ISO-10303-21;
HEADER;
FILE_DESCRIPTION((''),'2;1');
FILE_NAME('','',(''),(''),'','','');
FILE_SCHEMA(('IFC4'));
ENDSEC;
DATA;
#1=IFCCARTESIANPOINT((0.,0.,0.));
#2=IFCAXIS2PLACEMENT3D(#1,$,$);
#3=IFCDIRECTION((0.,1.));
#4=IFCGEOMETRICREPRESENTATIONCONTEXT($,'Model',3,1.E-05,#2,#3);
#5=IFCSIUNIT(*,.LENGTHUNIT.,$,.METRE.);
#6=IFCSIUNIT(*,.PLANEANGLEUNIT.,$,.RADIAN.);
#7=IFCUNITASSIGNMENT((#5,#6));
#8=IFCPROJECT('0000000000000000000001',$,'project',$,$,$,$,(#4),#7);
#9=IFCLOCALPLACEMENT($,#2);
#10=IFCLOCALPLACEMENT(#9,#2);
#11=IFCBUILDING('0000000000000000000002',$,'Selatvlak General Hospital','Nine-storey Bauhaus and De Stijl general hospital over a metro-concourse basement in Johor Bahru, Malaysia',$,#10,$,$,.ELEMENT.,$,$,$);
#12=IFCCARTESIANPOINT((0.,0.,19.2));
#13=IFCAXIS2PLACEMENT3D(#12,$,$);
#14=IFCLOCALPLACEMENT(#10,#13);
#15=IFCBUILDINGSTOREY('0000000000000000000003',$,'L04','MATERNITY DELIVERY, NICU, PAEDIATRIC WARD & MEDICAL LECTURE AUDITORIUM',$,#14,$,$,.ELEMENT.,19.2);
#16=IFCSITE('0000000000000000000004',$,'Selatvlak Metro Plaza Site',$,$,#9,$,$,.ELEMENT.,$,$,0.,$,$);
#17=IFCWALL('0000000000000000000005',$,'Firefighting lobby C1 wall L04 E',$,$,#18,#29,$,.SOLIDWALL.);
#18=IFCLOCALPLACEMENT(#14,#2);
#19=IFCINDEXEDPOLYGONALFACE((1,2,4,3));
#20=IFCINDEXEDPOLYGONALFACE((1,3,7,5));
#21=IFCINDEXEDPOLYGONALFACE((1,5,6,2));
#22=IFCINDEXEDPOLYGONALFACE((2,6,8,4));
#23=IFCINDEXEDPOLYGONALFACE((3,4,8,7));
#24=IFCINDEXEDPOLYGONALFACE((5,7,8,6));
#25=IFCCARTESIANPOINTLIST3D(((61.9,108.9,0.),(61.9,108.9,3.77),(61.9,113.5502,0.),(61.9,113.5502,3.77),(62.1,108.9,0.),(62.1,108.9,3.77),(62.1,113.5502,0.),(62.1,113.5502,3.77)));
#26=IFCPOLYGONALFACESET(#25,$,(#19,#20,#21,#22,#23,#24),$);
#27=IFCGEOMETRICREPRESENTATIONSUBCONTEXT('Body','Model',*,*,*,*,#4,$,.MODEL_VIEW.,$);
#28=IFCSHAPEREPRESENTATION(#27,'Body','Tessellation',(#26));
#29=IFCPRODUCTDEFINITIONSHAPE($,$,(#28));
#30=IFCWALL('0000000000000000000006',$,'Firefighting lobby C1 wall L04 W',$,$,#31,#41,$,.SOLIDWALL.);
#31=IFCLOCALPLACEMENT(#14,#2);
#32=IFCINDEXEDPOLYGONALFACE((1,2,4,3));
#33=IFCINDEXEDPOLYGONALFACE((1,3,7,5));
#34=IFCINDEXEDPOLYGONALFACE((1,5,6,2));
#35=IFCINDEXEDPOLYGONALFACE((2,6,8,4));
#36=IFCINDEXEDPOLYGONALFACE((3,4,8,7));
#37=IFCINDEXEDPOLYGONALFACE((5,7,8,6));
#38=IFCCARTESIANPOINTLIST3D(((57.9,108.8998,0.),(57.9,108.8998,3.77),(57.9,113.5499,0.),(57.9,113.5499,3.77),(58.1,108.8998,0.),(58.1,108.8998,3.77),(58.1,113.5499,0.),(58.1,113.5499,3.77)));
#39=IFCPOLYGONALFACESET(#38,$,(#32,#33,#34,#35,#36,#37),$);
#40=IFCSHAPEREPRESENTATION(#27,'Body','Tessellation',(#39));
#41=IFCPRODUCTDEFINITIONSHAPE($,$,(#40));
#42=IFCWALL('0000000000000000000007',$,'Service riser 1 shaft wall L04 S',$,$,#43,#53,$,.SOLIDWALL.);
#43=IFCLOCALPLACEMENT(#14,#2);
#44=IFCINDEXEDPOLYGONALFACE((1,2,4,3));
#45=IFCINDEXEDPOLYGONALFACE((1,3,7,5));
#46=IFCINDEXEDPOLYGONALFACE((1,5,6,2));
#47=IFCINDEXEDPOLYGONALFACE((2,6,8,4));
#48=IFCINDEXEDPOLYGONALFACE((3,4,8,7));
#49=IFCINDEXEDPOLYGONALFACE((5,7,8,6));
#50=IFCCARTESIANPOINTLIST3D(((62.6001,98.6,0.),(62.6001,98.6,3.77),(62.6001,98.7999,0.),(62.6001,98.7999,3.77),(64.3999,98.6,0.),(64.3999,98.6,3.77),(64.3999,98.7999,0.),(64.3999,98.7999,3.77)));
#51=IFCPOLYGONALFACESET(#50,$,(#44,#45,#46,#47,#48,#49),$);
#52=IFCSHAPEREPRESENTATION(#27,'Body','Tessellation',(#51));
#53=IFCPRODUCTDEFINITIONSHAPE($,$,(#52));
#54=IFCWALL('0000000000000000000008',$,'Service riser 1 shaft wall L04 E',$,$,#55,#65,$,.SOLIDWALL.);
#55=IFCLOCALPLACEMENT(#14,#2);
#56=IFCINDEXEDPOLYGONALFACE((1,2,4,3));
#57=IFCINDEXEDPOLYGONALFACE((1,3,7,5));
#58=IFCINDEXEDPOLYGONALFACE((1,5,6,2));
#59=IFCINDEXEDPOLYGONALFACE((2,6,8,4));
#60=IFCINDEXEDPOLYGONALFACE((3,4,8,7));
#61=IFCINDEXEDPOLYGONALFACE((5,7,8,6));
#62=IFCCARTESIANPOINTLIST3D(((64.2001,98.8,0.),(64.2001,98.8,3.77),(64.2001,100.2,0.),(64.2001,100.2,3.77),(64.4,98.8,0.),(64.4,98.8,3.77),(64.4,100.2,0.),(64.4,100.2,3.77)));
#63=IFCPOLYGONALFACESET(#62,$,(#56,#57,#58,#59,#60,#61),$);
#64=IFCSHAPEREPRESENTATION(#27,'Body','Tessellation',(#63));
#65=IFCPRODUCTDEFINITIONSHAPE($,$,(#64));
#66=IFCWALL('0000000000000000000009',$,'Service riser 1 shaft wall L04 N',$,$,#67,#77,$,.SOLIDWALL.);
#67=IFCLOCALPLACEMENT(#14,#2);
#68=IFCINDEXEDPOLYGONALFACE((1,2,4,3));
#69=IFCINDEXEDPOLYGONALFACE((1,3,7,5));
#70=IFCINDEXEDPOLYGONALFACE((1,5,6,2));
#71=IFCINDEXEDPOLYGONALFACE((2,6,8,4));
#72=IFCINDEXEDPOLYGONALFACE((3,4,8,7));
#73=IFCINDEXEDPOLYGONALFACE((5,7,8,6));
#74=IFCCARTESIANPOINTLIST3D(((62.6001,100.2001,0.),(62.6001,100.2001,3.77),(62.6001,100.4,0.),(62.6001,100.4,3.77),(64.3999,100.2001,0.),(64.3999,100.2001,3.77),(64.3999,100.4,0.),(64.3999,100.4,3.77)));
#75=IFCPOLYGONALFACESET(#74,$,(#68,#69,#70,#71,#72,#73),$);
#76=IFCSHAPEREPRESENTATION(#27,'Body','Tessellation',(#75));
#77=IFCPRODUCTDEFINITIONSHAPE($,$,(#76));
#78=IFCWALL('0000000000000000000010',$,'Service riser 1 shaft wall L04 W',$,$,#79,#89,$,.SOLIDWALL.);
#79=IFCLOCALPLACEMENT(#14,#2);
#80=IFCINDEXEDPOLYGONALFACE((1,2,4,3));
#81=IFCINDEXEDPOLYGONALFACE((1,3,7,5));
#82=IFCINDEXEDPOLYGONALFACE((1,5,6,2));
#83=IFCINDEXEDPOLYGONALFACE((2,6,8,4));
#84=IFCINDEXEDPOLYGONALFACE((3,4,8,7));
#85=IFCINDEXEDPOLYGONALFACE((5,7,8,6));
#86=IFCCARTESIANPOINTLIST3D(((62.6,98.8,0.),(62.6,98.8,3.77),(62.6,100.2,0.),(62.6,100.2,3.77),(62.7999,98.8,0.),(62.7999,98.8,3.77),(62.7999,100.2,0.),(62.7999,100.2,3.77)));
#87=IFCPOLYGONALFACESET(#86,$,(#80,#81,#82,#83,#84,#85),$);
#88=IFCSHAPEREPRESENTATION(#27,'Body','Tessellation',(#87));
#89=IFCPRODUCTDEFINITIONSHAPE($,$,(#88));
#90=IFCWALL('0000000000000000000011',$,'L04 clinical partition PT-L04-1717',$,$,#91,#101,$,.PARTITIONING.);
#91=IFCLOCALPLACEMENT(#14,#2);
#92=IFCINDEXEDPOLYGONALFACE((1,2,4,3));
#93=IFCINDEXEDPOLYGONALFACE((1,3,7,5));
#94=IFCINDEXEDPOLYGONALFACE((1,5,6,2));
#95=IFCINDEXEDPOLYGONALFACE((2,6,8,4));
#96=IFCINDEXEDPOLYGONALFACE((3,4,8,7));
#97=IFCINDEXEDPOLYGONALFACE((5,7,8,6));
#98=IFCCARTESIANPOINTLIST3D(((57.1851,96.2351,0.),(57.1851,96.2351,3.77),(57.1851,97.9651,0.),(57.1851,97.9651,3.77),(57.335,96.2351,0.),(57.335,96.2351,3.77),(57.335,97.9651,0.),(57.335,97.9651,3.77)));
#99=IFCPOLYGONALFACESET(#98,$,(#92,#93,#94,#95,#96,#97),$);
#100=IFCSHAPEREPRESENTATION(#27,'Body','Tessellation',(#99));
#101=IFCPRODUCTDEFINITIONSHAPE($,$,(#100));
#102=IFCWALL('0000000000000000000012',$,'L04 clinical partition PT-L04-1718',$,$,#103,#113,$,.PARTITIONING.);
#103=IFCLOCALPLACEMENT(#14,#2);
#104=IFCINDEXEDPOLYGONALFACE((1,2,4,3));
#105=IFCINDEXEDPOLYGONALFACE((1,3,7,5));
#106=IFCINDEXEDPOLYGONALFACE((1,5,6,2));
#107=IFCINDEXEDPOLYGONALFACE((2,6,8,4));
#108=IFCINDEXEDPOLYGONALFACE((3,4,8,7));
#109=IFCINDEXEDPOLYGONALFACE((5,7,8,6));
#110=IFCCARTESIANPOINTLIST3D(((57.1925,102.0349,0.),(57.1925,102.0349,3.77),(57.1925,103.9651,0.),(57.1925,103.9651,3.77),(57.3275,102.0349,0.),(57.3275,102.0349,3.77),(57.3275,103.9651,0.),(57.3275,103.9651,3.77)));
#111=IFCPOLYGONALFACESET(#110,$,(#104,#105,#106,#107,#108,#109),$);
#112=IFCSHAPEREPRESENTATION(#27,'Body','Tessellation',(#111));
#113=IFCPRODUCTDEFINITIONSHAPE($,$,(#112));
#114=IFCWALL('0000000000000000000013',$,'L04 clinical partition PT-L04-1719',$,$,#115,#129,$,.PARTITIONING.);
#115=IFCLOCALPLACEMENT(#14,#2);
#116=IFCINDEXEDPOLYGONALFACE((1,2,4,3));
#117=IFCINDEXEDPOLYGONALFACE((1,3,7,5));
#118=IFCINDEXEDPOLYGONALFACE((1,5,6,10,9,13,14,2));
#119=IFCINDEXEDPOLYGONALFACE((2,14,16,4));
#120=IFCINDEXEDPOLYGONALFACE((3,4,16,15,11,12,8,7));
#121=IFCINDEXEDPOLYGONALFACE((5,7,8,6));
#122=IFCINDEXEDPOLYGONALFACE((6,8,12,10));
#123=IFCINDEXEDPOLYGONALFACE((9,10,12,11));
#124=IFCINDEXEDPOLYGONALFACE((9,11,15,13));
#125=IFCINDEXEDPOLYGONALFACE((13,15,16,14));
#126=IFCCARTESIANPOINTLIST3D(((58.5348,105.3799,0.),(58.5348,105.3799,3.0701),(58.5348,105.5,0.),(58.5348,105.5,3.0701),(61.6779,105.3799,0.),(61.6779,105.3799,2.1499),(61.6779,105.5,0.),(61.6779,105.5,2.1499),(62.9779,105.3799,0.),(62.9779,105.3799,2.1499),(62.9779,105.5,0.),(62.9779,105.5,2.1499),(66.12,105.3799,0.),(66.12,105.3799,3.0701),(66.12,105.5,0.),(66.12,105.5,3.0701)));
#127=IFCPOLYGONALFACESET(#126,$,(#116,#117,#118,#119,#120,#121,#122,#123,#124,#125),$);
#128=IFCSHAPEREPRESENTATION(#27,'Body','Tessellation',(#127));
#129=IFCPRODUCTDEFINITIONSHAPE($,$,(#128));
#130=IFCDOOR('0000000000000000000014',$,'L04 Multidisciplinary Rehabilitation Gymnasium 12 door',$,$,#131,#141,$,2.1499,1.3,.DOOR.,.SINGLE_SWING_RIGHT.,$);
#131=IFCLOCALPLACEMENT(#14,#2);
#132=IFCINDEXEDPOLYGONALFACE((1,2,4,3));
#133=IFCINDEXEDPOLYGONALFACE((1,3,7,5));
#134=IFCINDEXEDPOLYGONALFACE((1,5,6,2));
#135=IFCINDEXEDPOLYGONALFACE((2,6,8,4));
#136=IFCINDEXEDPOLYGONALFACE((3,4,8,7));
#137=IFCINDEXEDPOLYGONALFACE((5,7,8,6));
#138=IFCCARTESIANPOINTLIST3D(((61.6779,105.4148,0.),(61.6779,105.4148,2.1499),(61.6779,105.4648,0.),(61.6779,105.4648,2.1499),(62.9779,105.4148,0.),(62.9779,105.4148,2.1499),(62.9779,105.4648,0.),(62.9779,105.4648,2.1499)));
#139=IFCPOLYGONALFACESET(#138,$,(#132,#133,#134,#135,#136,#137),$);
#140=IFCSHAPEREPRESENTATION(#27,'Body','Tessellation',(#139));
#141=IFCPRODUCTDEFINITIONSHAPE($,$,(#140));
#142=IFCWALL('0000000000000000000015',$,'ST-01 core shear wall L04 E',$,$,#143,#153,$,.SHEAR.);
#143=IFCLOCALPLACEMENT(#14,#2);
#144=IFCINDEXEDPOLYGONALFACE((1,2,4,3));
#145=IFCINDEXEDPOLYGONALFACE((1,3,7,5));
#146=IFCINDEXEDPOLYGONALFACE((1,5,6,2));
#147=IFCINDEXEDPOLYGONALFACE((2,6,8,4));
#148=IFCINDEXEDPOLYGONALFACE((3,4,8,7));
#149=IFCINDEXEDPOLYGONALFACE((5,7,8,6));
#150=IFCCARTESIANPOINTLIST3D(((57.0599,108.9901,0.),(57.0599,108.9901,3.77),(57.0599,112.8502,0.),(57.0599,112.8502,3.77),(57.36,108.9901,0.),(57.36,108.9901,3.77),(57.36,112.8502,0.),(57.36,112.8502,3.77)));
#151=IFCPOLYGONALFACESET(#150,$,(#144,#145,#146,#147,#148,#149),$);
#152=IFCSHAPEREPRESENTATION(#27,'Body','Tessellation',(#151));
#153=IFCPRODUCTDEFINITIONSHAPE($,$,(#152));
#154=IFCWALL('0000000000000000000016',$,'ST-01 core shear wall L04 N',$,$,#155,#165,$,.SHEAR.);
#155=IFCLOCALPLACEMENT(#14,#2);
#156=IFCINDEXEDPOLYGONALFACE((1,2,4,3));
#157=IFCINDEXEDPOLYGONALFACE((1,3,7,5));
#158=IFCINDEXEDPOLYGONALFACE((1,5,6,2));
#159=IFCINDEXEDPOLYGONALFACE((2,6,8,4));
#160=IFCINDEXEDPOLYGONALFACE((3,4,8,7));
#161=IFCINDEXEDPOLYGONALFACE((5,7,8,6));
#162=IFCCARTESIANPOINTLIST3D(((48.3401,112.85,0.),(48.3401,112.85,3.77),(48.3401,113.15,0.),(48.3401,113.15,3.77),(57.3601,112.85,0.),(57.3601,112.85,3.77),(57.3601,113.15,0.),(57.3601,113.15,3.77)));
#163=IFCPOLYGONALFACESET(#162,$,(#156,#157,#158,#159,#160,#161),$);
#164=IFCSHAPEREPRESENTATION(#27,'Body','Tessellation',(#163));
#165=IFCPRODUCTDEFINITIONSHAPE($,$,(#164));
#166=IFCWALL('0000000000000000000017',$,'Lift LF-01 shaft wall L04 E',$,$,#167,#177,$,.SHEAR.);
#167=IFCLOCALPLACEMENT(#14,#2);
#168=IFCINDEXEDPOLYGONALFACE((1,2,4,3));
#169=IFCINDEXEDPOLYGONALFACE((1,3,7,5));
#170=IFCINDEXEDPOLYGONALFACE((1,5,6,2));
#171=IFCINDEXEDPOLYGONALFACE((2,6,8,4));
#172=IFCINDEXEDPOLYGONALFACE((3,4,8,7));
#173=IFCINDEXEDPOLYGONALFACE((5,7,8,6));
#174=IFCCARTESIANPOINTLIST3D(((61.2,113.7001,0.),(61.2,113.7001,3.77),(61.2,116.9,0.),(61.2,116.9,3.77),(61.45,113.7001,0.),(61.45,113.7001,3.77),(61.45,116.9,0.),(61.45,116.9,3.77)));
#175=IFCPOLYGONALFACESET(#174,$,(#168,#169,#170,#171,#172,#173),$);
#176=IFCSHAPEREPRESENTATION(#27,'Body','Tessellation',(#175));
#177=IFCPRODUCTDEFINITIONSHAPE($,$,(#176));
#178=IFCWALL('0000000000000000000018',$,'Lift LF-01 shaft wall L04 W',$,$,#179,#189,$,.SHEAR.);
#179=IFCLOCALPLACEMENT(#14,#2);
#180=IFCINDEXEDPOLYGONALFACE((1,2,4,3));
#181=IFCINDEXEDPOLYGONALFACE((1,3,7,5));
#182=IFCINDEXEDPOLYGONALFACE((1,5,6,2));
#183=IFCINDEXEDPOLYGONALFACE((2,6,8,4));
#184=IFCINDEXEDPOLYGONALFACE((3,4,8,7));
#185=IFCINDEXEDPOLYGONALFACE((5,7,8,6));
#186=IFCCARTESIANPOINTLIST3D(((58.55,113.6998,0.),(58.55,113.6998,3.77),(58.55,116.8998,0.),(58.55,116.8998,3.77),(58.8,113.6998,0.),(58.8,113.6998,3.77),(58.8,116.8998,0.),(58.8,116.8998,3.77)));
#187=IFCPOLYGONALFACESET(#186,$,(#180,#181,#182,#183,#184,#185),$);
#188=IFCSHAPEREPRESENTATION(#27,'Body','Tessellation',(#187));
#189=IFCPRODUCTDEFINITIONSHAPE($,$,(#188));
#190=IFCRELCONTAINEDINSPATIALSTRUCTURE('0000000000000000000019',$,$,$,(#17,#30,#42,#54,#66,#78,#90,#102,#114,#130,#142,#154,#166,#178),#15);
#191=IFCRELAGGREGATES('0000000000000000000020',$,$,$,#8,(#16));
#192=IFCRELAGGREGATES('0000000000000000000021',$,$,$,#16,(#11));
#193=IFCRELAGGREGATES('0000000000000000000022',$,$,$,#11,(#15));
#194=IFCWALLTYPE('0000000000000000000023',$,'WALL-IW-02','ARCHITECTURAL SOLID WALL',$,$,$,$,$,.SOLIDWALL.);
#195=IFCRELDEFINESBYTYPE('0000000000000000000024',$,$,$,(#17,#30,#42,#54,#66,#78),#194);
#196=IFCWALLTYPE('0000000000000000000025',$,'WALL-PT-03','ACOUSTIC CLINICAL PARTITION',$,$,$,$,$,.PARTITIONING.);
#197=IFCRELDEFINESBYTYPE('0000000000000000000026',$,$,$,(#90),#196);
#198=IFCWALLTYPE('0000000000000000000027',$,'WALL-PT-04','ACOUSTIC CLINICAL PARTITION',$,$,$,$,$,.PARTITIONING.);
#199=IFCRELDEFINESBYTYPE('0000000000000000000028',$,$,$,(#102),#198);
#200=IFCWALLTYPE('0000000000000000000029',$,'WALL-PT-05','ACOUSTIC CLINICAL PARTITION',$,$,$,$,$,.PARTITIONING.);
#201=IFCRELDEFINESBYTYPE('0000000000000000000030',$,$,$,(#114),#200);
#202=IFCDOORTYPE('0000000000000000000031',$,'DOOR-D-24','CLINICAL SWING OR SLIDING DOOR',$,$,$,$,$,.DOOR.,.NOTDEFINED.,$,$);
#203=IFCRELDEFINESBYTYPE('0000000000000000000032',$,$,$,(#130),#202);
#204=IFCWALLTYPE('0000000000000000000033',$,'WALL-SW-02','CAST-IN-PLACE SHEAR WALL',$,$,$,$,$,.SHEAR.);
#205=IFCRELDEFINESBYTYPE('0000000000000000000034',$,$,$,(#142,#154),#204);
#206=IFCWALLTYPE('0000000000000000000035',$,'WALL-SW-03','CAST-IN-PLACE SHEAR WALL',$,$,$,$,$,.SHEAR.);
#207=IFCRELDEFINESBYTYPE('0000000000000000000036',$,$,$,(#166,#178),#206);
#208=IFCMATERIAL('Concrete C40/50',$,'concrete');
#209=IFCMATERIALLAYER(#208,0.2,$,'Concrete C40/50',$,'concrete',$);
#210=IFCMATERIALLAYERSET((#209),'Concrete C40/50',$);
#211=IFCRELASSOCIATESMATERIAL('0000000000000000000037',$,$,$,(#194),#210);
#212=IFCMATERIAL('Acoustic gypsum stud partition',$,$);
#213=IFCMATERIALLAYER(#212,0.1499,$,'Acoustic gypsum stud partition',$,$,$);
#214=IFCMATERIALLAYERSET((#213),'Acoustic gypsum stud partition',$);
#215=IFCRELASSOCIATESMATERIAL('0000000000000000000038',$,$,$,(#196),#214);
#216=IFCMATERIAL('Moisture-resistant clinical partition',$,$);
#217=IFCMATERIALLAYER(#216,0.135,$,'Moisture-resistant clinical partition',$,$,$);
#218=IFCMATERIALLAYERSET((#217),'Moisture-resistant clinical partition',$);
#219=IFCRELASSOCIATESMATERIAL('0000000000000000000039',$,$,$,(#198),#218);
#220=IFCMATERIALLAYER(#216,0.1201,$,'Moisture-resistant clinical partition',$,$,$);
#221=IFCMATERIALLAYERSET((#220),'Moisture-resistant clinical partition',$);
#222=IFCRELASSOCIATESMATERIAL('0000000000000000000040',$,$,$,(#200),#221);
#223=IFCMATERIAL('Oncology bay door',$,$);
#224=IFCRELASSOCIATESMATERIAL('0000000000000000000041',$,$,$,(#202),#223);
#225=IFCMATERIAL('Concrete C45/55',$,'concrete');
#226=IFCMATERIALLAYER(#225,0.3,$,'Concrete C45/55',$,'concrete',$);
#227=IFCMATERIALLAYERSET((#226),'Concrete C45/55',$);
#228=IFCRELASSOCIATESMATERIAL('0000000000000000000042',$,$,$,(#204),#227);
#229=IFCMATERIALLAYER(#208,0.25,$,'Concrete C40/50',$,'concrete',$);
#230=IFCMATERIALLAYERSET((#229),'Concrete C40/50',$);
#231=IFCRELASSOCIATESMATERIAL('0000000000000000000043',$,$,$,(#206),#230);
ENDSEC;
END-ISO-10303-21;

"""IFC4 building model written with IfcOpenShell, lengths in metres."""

from ifc_helpers import new_model, si_unit, direction, frame, frame_2d, origin, place, context, subcontext, project, spatial, rectangle, extrude, material, layer, layer_set, type_object, element, fill, save


model = new_model("IFC4")

# Units and contexts
model_context = context("Model", 3, precision=1e-05, world=origin(), true_north=direction((0.0, 1.0)))
body_context = subcontext(model_context, "Body", "Model", "MODEL_VIEW")
ifc_project = project(units=[si_unit("LENGTHUNIT", "METRE"), si_unit("PLANEANGLEUNIT", "RADIAN")], contexts=[model_context])

# Site, building, storey
site_placement = place(None, origin())
site = spatial("IfcSite", under=ifc_project, at=site_placement, Name="Selatvlak Metro Plaza Site", CompositionType="ELEMENT", RefElevation=0.0)
building_placement = place(site_placement, origin())
building = spatial("IfcBuilding", under=site, at=building_placement, Name="Selatvlak General Hospital", Description="Nine-storey Bauhaus and De Stijl general hospital over a metro-concourse basement in Johor Bahru, Malaysia", CompositionType="ELEMENT")
storey_placement = place(building_placement, frame((0.0, 0.0, 19.2)))
storey = spatial("IfcBuildingStorey", under=building, at=storey_placement, Name="L04", Description="MATERNITY DELIVERY, NICU, PAEDIATRIC WARD & MEDICAL LECTURE AUDITORIUM", CompositionType="ELEMENT", Elevation=19.2)

# Shared definitions
ifc_material_1 = material(Name="Concrete C40/50", Category="concrete")

# Shared definitions
ifc_layer_1 = layer(ifc_material_1, 0.2, Name="Concrete C40/50", Category="concrete")
ifc_layer_set_1 = layer_set([ifc_layer_1], Name="Concrete C40/50")
wall_type_1 = type_object("IfcWallType", Name="WALL-IW-02", Description="ARCHITECTURAL SOLID WALL", PredefinedType="SOLIDWALL", material=ifc_layer_set_1)

# Walls
for number, where, z_axis, x_axis, name in (
    (1, (62.0, 108.8999, 0.0), (0.0, 0.0, 1.0), (0.0, 1.0, 0.0), "Firefighting lobby C1 wall L04 E"),
    (2, (58.0, 113.55, 0.0), (0.0, 0.0, 1.0), (0.0, -1.0, 0.0), "Firefighting lobby C1 wall L04 W"),
):
    element("IfcWall", number, at=place(storey_placement, frame(where, z_axis=z_axis, x_axis=x_axis)), inside=storey, type_object=wall_type_1, Name=name, PredefinedType="SOLIDWALL", context=body_context, shape_type="SweptSolid", body=[
        extrude(rectangle(XDim=4.6501, YDim=0.2, at=frame_2d((2.3252, 0.0))), origin(), (0.0, 0.0, 1.0), 3.77),
    ])
wall_1_placement = place(storey_placement, frame((62.6001, 98.7, 0.0), z_axis=(0.0, 0.0, 1.0), x_axis=(1.0, 0.0, 0.0)))
element("IfcWall", 3, at=wall_1_placement, inside=storey, type_object=wall_type_1, Name="Service riser 1 shaft wall L04 S", PredefinedType="SOLIDWALL", context=body_context, shape_type="SweptSolid", body=[
    extrude(rectangle(XDim=1.7998, YDim=0.2, at=frame_2d((0.8999, 0.0))), origin(), (0.0, 0.0, 1.0), 3.77),
])
wall_2_placement = place(storey_placement, frame((64.3, 98.8, 0.0), z_axis=(0.0, 0.0, 1.0), x_axis=(0.0, 1.0, 0.0)))
element("IfcWall", 4, at=wall_2_placement, inside=storey, type_object=wall_type_1, Name="Service riser 1 shaft wall L04 E", PredefinedType="SOLIDWALL", context=body_context, shape_type="SweptSolid", body=[
    extrude(rectangle(XDim=1.3999, YDim=0.2, at=frame_2d((0.7, 0.0))), origin(), (0.0, 0.0, 1.0), 3.77),
])
wall_3_placement = place(storey_placement, frame((64.3999, 100.3, 0.0), z_axis=(0.0, 0.0, 1.0), x_axis=(-1.0, 0.0, 0.0)))
element("IfcWall", 5, at=wall_3_placement, inside=storey, type_object=wall_type_1, Name="Service riser 1 shaft wall L04 N", PredefinedType="SOLIDWALL", context=body_context, shape_type="SweptSolid", body=[
    extrude(rectangle(XDim=1.7998, YDim=0.2, at=frame_2d((0.8999, 0.0))), origin(), (0.0, 0.0, 1.0), 3.77),
])
wall_4_placement = place(storey_placement, frame((62.7, 100.2, 0.0), z_axis=(0.0, 0.0, 1.0), x_axis=(0.0, -1.0, 0.0)))
element("IfcWall", 6, at=wall_4_placement, inside=storey, type_object=wall_type_1, Name="Service riser 1 shaft wall L04 W", PredefinedType="SOLIDWALL", context=body_context, shape_type="SweptSolid", body=[
    extrude(rectangle(XDim=1.3999, YDim=0.2, at=frame_2d((0.7, 0.0))), origin(), (0.0, 0.0, 1.0), 3.77),
])
ifc_material_2 = material(Name="Acoustic gypsum stud partition")
ifc_layer_2 = layer(ifc_material_2, 0.1499, Name="Acoustic gypsum stud partition")
ifc_layer_set_2 = layer_set([ifc_layer_2], Name="Acoustic gypsum stud partition")
wall_type_2 = type_object("IfcWallType", Name="WALL-PT-03", Description="ACOUSTIC CLINICAL PARTITION", PredefinedType="PARTITIONING", material=ifc_layer_set_2)
wall_5_placement = place(storey_placement, frame((57.26, 96.2351, 0.0), z_axis=(0.0, 0.0, 1.0), x_axis=(0.0, 1.0, 0.0)))
element("IfcWall", 7, at=wall_5_placement, inside=storey, type_object=wall_type_2, Name="L04 clinical partition PT-L04-1717", PredefinedType="PARTITIONING", context=body_context, shape_type="SweptSolid", body=[
    extrude(rectangle(XDim=1.73, YDim=0.1499, at=frame_2d((0.865, 0.0))), origin(), (0.0, 0.0, 1.0), 3.77),
])
ifc_material_3 = material(Name="Moisture-resistant clinical partition")
ifc_layer_3 = layer(ifc_material_3, 0.135, Name="Moisture-resistant clinical partition")
ifc_layer_set_3 = layer_set([ifc_layer_3], Name="Moisture-resistant clinical partition")
wall_type_3 = type_object("IfcWallType", Name="WALL-PT-04", Description="ACOUSTIC CLINICAL PARTITION", PredefinedType="PARTITIONING", material=ifc_layer_set_3)
wall_6_placement = place(storey_placement, frame((57.26, 102.0349, 0.0), z_axis=(0.0, 0.0, 1.0), x_axis=(0.0, 1.0, 0.0)))
element("IfcWall", 8, at=wall_6_placement, inside=storey, type_object=wall_type_3, Name="L04 clinical partition PT-L04-1718", PredefinedType="PARTITIONING", context=body_context, shape_type="SweptSolid", body=[
    extrude(rectangle(XDim=1.9302, YDim=0.135, at=frame_2d((0.9651, 0.0))), origin(), (0.0, 0.0, 1.0), 3.77),
])

# Wall, opening, door
ifc_layer_4 = layer(ifc_material_3, 0.1201, Name="Moisture-resistant clinical partition")
ifc_layer_set_4 = layer_set([ifc_layer_4], Name="Moisture-resistant clinical partition")
wall_type_4 = type_object("IfcWallType", Name="WALL-PT-05", Description="ACOUSTIC CLINICAL PARTITION", PredefinedType="PARTITIONING", material=ifc_layer_set_4)
wall_7_placement = place(storey_placement, frame((58.5349, 105.4399, 0.0), z_axis=(0.0, 0.0, 1.0), x_axis=(1.0, 0.0, 0.0)))
wall_7 = element("IfcWall", 9, at=wall_7_placement, inside=storey, type_object=wall_type_4, Name="L04 clinical partition PT-L04-1719", PredefinedType="PARTITIONING", context=body_context, shape_type="SweptSolid", body=[
    extrude(rectangle(XDim=7.5852, YDim=0.1201, at=frame_2d((3.7925, 0.0))), origin(), (0.0, 0.0, 1.0), 3.0701),
])
opening_1_placement = place(wall_7_placement, frame((3.1431, 0.0, 0.0)))
opening_1 = element("IfcOpeningElement", 10, at=opening_1_placement, cuts=wall_7, PredefinedType="OPENING", context=body_context, shape_type="SweptSolid", body=[
    extrude(rectangle(XDim=1.3, YDim=2.1499, at=frame_2d((0.6499, 1.075))), frame((0.0, 0.0701, 0.0), z_axis=(0.0, -1.0, 0.0), x_axis=(1.0, 0.0, 0.0)), (0.0, 0.0, 1.0), 0.1401),
])
ifc_material_4 = material(Name="Oncology bay door")
door_type_1 = type_object("IfcDoorType", Name="DOOR-D-24", Description="CLINICAL SWING OR SLIDING DOOR", OperationType="NOTDEFINED", PredefinedType="DOOR", material=ifc_material_4)
door_1_placement = place(opening_1_placement, origin())
door_1 = element("IfcDoor", 11, at=door_1_placement, inside=storey, type_object=door_type_1, Name="L04 Multidisciplinary Rehabilitation Gymnasium 12 door", OperationType="SINGLE_SWING_RIGHT", OverallHeight=2.1499, OverallWidth=1.3, PredefinedType="DOOR", context=body_context, shape_type="SweptSolid", body=[
    extrude(rectangle(XDim=1.3, YDim=2.1499, at=frame_2d((0.6499, 1.075))), frame((0.0, 0.0249, 0.0), z_axis=(0.0, -1.0, 0.0), x_axis=(1.0, 0.0, 0.0)), (0.0, 0.0, 1.0), 0.05),
])
fill(opening_1, door_1)

# Walls
ifc_material_5 = material(Name="Concrete C45/55", Category="concrete")
ifc_layer_5 = layer(ifc_material_5, 0.3, Name="Concrete C45/55", Category="concrete")
ifc_layer_set_5 = layer_set([ifc_layer_5], Name="Concrete C45/55")
wall_type_5 = type_object("IfcWallType", Name="WALL-SW-02", Description="CAST-IN-PLACE SHEAR WALL", PredefinedType="SHEAR", material=ifc_layer_set_5)
wall_8_placement = place(storey_placement, frame((57.21, 108.99, 0.0), z_axis=(0.0, 0.0, 1.0), x_axis=(0.0, 1.0, 0.0)))
element("IfcWall", 12, at=wall_8_placement, inside=storey, type_object=wall_type_5, Name="ST-01 core shear wall L04 E", PredefinedType="SHEAR", context=body_context, shape_type="SweptSolid", body=[
    extrude(rectangle(XDim=3.8601, YDim=0.3, at=frame_2d((1.9302, 0.0))), origin(), (0.0, 0.0, 1.0), 3.77),
])
wall_9_placement = place(storey_placement, frame((57.3601, 113.0, 0.0), z_axis=(0.0, 0.0, 1.0), x_axis=(-1.0, 0.0, 0.0)))
element("IfcWall", 13, at=wall_9_placement, inside=storey, type_object=wall_type_5, Name="ST-01 core shear wall L04 N", PredefinedType="SHEAR", context=body_context, shape_type="SweptSolid", body=[
    extrude(rectangle(XDim=9.02, YDim=0.3, at=frame_2d((4.51, 0.0))), origin(), (0.0, 0.0, 1.0), 3.77),
])

# Shared definitions
ifc_layer_6 = layer(ifc_material_1, 0.25, Name="Concrete C40/50", Category="concrete")
ifc_layer_set_6 = layer_set([ifc_layer_6], Name="Concrete C40/50")
wall_type_6 = type_object("IfcWallType", Name="WALL-SW-03", Description="CAST-IN-PLACE SHEAR WALL", PredefinedType="SHEAR", material=ifc_layer_set_6)

# Walls
for number, where, z_axis, x_axis, name in (
    (14, (61.325, 113.7, 0.0), (0.0, 0.0, 1.0), (0.0, 1.0, 0.0), "Lift LF-01 shaft wall L04 E"),
    (15, (58.675, 116.8999, 0.0), (0.0, 0.0, 1.0), (0.0, -1.0, 0.0), "Lift LF-01 shaft wall L04 W"),
):
    element("IfcWall", number, at=place(storey_placement, frame(where, z_axis=z_axis, x_axis=x_axis)), inside=storey, type_object=wall_type_6, Name=name, PredefinedType="SHEAR", context=body_context, shape_type="SweptSolid", body=[
        extrude(rectangle(XDim=3.2, YDim=0.25, at=frame_2d((1.6001, 0.0))), origin(), (0.0, 0.0, 1.0), 3.77),
    ])

save(model, "model.ifc")
